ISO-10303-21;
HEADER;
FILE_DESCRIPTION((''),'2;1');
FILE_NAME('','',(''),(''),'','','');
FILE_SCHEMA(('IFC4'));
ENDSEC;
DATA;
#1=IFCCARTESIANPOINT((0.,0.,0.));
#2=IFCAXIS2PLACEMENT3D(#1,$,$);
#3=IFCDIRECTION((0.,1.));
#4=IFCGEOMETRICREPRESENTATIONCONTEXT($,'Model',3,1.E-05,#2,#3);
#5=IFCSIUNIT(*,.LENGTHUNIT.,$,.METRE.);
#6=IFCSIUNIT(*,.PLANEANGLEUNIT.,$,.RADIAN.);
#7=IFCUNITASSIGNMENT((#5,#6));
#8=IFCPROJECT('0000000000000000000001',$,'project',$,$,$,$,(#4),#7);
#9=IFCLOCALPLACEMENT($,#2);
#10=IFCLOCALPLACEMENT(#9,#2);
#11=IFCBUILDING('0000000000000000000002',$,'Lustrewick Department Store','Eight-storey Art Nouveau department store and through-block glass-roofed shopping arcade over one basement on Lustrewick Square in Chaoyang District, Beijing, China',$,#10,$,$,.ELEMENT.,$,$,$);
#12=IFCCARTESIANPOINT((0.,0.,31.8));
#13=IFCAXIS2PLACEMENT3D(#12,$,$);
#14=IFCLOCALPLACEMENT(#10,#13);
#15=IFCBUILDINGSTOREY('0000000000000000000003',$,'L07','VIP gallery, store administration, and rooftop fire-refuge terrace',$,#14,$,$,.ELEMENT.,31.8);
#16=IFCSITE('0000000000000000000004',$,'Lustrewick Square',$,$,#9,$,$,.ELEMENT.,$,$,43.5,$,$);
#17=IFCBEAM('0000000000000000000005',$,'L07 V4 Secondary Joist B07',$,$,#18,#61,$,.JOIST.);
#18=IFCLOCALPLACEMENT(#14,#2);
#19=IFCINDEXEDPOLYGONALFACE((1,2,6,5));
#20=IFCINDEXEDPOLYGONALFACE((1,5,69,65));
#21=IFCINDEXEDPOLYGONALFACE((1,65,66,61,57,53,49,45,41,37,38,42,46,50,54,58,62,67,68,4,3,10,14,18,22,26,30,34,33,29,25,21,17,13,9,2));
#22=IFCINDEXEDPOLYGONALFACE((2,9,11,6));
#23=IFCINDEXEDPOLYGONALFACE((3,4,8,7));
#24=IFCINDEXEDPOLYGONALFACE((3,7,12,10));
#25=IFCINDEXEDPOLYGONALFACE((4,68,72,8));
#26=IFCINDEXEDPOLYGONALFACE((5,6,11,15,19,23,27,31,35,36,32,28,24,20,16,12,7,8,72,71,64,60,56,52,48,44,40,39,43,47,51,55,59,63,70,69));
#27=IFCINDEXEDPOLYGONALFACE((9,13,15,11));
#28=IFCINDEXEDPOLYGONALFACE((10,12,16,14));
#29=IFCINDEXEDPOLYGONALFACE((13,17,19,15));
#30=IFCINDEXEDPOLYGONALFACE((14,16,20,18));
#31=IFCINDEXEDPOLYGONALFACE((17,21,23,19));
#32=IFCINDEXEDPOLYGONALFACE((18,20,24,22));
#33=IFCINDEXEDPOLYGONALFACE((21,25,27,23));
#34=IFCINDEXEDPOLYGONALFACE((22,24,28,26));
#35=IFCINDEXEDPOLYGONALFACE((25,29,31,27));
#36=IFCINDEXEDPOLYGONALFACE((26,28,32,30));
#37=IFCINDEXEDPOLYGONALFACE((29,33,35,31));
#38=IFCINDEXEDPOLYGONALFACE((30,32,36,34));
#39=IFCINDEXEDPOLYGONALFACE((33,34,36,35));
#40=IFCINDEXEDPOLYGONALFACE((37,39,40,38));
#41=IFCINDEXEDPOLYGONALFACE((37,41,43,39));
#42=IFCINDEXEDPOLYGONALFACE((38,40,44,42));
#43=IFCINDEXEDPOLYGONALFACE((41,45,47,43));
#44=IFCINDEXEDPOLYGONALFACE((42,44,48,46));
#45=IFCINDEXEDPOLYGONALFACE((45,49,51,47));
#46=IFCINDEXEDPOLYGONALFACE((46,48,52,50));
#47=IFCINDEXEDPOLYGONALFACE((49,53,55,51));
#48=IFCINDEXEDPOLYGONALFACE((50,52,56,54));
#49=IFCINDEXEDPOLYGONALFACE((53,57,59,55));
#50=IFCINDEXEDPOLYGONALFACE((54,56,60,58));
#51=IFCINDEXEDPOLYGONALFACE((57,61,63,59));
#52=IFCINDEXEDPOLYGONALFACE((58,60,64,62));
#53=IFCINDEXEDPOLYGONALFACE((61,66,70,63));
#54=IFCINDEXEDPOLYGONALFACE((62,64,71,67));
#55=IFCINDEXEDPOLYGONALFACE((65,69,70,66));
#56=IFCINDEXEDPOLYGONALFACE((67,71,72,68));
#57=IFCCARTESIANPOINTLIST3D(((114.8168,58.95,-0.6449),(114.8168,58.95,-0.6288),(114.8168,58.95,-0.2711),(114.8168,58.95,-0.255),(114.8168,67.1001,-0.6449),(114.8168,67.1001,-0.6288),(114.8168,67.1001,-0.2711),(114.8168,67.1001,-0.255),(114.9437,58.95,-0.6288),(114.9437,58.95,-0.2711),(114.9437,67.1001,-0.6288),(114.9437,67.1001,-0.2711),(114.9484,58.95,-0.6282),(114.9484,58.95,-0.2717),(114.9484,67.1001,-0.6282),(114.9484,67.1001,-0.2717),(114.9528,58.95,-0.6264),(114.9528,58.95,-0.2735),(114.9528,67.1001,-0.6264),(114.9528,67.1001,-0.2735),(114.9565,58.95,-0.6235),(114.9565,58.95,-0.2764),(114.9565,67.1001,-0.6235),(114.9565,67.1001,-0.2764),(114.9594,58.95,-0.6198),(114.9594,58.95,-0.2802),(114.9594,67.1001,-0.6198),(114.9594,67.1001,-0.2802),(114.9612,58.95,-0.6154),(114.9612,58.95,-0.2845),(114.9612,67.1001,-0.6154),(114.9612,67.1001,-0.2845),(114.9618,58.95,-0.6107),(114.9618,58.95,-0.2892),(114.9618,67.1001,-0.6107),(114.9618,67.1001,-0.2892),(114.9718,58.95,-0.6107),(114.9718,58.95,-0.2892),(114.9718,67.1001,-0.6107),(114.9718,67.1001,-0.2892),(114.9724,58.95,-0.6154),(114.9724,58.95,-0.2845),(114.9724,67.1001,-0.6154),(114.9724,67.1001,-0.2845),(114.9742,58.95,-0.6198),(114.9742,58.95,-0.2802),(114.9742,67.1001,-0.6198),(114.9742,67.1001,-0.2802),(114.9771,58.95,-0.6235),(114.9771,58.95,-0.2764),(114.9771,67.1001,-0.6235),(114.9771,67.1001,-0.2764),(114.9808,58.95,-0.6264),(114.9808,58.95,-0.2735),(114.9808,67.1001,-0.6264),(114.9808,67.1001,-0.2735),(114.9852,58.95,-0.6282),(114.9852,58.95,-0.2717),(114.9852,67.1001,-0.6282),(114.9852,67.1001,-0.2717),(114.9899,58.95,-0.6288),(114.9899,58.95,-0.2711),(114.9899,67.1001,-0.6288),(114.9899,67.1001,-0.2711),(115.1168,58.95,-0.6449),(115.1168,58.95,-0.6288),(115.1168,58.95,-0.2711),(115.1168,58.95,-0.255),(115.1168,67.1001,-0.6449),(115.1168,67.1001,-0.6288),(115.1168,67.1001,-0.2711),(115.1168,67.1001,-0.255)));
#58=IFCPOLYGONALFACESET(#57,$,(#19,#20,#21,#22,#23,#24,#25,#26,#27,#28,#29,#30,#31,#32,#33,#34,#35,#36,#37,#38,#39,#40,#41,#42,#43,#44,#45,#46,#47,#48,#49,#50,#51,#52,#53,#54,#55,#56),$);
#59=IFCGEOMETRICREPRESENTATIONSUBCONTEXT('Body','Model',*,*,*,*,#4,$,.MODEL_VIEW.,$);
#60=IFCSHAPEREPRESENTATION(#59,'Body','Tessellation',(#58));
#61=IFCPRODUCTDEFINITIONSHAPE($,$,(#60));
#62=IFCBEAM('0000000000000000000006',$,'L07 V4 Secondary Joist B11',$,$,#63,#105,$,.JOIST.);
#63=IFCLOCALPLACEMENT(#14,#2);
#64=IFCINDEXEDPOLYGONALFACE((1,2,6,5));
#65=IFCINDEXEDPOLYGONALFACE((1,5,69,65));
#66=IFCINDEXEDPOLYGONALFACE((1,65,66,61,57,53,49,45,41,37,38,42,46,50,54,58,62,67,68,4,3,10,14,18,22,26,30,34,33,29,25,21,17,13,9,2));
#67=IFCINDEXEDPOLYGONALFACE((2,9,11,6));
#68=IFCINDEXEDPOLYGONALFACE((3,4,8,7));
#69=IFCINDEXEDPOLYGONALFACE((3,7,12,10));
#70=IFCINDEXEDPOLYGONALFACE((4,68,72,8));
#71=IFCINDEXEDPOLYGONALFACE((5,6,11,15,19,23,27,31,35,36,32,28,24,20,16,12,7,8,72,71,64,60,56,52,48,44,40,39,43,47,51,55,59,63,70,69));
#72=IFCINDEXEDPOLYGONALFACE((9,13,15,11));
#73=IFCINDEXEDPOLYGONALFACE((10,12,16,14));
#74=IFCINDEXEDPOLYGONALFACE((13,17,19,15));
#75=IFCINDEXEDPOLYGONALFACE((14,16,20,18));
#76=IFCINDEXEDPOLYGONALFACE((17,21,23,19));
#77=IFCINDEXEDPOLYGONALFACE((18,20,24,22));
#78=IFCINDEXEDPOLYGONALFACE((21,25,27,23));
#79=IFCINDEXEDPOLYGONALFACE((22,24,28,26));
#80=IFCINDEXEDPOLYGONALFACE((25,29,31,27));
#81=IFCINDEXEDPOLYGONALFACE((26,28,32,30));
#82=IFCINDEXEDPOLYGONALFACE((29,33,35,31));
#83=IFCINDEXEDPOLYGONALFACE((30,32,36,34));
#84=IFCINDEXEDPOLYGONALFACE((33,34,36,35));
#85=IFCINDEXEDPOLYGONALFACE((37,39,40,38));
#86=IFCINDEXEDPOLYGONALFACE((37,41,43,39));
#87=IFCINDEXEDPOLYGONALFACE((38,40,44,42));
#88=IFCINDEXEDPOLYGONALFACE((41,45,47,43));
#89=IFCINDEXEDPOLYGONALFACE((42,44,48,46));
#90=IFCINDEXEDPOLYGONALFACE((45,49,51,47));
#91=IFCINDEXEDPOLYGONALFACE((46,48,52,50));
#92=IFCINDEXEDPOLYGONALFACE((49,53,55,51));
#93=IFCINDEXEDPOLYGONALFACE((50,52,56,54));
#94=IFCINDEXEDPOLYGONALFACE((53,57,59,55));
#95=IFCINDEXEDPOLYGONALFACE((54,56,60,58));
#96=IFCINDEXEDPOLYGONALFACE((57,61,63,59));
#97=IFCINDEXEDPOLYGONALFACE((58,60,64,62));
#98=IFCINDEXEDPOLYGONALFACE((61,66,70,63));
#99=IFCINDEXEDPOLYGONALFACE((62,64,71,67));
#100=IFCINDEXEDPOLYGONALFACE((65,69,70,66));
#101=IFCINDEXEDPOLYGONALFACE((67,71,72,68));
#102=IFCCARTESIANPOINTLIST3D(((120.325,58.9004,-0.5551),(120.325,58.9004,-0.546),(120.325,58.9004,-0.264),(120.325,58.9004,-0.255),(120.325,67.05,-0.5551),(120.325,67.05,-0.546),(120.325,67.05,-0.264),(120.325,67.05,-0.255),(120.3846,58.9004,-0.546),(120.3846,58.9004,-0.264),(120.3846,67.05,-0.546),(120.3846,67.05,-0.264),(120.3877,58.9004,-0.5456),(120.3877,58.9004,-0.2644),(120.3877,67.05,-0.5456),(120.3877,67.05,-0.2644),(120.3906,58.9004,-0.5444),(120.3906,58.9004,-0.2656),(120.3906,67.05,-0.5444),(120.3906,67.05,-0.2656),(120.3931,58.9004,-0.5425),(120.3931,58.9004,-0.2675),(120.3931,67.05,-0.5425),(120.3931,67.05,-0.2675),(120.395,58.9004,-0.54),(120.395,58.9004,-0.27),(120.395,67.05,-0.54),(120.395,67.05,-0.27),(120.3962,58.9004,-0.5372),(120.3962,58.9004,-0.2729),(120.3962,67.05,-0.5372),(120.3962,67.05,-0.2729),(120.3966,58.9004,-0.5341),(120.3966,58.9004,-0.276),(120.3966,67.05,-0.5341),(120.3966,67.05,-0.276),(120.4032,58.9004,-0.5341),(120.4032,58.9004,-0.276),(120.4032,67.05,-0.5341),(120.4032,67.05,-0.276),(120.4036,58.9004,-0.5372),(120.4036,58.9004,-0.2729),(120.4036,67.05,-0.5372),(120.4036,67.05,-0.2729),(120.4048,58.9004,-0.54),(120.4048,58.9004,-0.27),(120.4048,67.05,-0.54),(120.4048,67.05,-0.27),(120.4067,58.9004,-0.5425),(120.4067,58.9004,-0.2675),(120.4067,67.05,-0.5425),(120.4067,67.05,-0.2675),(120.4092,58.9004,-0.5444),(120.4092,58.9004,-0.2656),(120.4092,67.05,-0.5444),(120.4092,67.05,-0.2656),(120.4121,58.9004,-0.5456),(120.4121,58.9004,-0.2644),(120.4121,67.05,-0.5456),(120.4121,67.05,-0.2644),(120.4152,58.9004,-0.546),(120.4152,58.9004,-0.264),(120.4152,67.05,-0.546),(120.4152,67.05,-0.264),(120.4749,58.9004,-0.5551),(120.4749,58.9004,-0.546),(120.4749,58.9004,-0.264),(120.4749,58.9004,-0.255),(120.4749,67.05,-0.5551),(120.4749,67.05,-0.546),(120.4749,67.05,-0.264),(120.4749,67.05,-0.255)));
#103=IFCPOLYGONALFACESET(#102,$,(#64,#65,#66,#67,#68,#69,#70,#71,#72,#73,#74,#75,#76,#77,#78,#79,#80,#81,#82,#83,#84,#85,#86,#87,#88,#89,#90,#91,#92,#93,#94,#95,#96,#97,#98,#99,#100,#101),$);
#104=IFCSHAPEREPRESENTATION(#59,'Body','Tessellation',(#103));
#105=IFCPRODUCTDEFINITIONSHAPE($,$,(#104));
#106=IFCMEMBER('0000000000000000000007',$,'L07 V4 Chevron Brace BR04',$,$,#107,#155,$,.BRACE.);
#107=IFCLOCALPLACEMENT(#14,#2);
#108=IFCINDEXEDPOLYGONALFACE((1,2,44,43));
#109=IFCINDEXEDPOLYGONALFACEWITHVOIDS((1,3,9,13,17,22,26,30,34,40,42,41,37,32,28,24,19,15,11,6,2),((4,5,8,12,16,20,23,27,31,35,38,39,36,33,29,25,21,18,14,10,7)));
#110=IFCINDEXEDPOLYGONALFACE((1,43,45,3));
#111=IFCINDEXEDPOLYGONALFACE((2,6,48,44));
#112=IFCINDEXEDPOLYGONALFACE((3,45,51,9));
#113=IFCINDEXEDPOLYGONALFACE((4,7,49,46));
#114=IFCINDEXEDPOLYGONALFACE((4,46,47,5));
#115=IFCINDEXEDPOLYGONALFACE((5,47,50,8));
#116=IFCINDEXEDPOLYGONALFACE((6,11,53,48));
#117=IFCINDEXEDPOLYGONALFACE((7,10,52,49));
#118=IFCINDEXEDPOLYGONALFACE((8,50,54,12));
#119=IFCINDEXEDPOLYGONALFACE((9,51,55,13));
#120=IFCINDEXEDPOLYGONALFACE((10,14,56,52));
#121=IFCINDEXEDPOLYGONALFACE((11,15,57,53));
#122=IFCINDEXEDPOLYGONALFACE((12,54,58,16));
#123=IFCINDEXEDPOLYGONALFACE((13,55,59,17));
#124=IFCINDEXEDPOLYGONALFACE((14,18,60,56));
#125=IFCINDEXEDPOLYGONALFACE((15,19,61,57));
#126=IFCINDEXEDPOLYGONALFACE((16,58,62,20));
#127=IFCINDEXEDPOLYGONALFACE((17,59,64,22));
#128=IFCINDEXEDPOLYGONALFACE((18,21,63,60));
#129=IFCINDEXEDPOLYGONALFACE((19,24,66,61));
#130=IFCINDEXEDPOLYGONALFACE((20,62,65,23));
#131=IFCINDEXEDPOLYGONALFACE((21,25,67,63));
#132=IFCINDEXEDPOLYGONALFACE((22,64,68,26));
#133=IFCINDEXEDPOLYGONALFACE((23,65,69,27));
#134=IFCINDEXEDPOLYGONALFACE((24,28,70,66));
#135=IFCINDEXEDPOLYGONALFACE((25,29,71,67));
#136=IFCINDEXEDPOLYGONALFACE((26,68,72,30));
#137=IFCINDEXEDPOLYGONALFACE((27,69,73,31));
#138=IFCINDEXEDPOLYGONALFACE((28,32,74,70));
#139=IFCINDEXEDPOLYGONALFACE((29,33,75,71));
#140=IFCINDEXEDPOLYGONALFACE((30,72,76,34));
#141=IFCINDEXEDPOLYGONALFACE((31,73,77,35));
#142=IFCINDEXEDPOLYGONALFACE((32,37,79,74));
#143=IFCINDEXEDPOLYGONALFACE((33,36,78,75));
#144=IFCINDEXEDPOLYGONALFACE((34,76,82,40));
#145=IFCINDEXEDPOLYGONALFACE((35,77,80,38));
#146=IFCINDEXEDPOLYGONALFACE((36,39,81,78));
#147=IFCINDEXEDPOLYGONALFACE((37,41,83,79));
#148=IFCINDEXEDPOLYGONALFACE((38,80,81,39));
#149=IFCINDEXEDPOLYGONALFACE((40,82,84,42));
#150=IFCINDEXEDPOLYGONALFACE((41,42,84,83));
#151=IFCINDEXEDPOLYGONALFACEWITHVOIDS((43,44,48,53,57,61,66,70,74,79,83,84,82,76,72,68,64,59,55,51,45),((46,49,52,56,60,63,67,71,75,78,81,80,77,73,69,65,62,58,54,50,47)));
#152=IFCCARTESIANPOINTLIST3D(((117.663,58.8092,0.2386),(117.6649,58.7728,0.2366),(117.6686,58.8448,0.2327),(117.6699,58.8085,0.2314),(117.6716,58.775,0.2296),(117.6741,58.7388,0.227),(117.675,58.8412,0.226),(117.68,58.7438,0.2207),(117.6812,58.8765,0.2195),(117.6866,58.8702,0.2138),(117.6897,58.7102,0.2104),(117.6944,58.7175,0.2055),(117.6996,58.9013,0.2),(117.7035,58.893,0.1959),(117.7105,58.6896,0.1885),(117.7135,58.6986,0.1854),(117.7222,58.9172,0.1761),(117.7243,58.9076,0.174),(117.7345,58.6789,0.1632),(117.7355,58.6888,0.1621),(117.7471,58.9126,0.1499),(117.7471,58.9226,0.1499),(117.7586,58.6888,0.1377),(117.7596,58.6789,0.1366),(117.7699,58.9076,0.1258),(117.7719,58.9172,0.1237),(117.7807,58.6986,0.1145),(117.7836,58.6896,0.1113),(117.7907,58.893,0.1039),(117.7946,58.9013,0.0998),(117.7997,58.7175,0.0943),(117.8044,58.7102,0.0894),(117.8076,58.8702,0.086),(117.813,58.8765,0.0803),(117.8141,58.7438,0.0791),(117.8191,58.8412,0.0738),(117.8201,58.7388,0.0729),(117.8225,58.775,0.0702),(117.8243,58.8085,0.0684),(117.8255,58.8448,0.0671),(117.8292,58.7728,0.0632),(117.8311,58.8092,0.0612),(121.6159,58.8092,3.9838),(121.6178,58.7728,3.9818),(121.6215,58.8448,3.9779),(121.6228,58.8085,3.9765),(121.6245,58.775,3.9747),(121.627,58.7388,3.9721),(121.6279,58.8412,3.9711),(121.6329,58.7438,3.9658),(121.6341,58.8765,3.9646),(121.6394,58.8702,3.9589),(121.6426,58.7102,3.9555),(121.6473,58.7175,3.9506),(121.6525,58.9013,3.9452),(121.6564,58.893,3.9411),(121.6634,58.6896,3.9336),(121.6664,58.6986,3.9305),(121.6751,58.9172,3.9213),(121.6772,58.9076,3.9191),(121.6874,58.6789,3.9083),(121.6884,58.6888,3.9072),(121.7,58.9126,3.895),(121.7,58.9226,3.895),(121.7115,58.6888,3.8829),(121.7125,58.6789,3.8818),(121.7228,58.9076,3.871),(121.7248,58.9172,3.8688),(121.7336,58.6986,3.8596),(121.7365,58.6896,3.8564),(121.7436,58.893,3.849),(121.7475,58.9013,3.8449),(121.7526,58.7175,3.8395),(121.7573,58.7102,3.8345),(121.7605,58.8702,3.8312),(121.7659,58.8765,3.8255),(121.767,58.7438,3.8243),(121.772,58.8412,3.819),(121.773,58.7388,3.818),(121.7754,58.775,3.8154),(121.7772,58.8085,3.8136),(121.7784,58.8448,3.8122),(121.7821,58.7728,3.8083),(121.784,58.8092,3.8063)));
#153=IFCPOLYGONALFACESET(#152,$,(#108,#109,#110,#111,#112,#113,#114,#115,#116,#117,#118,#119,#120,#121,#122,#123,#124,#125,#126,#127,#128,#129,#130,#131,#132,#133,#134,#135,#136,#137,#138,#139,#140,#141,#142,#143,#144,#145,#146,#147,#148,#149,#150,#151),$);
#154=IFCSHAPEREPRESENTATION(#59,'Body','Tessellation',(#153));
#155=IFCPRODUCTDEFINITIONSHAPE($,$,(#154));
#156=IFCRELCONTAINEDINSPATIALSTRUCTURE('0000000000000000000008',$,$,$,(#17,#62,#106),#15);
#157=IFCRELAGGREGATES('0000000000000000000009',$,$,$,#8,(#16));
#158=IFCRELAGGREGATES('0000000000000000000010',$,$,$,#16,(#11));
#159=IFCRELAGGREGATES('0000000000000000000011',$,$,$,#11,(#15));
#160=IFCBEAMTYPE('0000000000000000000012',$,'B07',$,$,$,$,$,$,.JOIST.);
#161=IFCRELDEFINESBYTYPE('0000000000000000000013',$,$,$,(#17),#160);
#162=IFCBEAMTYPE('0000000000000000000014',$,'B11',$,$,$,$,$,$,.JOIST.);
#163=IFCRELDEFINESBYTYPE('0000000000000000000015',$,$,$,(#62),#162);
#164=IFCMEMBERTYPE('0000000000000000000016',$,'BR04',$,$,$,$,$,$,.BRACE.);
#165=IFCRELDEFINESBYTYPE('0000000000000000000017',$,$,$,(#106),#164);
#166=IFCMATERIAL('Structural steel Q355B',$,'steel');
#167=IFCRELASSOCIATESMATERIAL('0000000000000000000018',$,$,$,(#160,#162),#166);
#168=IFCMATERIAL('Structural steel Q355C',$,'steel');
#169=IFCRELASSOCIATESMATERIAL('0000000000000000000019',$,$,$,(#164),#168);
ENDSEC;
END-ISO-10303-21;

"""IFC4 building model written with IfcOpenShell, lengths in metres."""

from ifc_helpers import new_model, si_unit, direction, frame, origin, origin_2d, place, context, subcontext, project, spatial, hollow_circle, i_section, extrude, material, material_profile, profile_set, type_object, element, save


model = new_model("IFC4")

# Units and contexts
model_context = context("Model", 3, precision=1e-05, world=origin(), true_north=direction((0.0, 1.0)))
body_context = subcontext(model_context, "Body", "Model", "MODEL_VIEW")
ifc_project = project(units=[si_unit("LENGTHUNIT", "METRE"), si_unit("PLANEANGLEUNIT", "RADIAN")], contexts=[model_context])

# Site, building, storey
site_placement = place(None, origin())
site = spatial("IfcSite", under=ifc_project, at=site_placement, Name="Lustrewick Square", CompositionType="ELEMENT", RefElevation=43.5)
building_placement = place(site_placement, origin())
building = spatial("IfcBuilding", under=site, at=building_placement, Name="Lustrewick Department Store", Description="Eight-storey Art Nouveau department store and through-block glass-roofed shopping arcade over one basement on Lustrewick Square in Chaoyang District, Beijing, China", CompositionType="ELEMENT")
storey_placement = place(building_placement, frame((0.0, 0.0, 31.8)))
storey = spatial("IfcBuildingStorey", under=building, at=storey_placement, Name="L07", Description="VIP gallery, store administration, and rooftop fire-refuge terrace", CompositionType="ELEMENT", Elevation=31.8)

# Shared definitions
ifc_material_1 = material(Name="Structural steel Q355B", Category="steel")

# Beams
ifc_material_profile_1 = material_profile(ifc_material_1, i_section(OverallWidth=0.3, OverallDepth=0.3899, WebThickness=0.01, FlangeThickness=0.0161, FilletRadius=0.0181, at=origin_2d()), Name="HM 390x300x10x16")
ifc_profile_set_1 = profile_set([ifc_material_profile_1], Name="Structural steel Q355B")
beam_type_1 = type_object("IfcBeamType", Name="B07", PredefinedType="JOIST", material=ifc_profile_set_1)
beam_1_placement = place(storey_placement, frame((114.9668, 58.95, -0.45), z_axis=(0.0, 1.0, 0.0), x_axis=(-1.0, 0.0, 0.0)))
element("IfcBeam", 1, at=beam_1_placement, inside=storey, type_object=beam_type_1, Name="L07 V4 Secondary Joist B07", PredefinedType="JOIST", context=body_context, shape_type="SweptSolid", body=[
    extrude(i_section(OverallWidth=0.3, OverallDepth=0.3899, WebThickness=0.01, FlangeThickness=0.0161, FilletRadius=0.0181, at=origin_2d()), origin(), (0.0, 0.0, 1.0), 8.1501),
])
ifc_material_profile_2 = material_profile(ifc_material_1, i_section(OverallWidth=0.1499, OverallDepth=0.3, WebThickness=0.0066, FlangeThickness=0.009, FilletRadius=0.012, at=origin_2d()), Name="HN 300x150x6.5x9")
ifc_profile_set_2 = profile_set([ifc_material_profile_2], Name="Structural steel Q355B")
beam_type_2 = type_object("IfcBeamType", Name="B11", PredefinedType="JOIST", material=ifc_profile_set_2)
beam_2_placement = place(storey_placement, frame((120.3999, 58.9004, -0.405), z_axis=(0.0, 1.0, 0.0), x_axis=(-1.0, 0.0, 0.0)))
element("IfcBeam", 2, at=beam_2_placement, inside=storey, type_object=beam_type_2, Name="L07 V4 Secondary Joist B11", PredefinedType="JOIST", context=body_context, shape_type="SweptSolid", body=[
    extrude(i_section(OverallWidth=0.1499, OverallDepth=0.3, WebThickness=0.0066, FlangeThickness=0.009, FilletRadius=0.012, at=origin_2d()), origin(), (0.0, 0.0, 1.0), 8.1497),
])

# Member
ifc_material_2 = material(Name="Structural steel Q355C", Category="steel")
ifc_material_profile_3 = material_profile(ifc_material_2, hollow_circle(Radius=0.1226, WallThickness=0.01, at=origin_2d()), Name="CHS 245x10")
ifc_profile_set_3 = profile_set([ifc_material_profile_3], Name="Structural steel Q355C")
member_type = type_object("IfcMemberType", Name="BR04", PredefinedType="BRACE", material=ifc_profile_set_3)
member_placement = place(storey_placement, frame((117.7471, 58.8, 0.1499), z_axis=(0.725927, 0.0, 0.687772), x_axis=(0.0, 1.0, 0.0)))
element("IfcMember", 3, at=member_placement, inside=storey, type_object=member_type, Name="L07 V4 Chevron Brace BR04", PredefinedType="BRACE", context=body_context, shape_type="SweptSolid", body=[
    extrude(hollow_circle(Radius=0.1226, WallThickness=0.01, at=origin_2d()), origin(), (0.0, 0.0, 1.0), 5.4453),
])

save(model, "model.ifc")
